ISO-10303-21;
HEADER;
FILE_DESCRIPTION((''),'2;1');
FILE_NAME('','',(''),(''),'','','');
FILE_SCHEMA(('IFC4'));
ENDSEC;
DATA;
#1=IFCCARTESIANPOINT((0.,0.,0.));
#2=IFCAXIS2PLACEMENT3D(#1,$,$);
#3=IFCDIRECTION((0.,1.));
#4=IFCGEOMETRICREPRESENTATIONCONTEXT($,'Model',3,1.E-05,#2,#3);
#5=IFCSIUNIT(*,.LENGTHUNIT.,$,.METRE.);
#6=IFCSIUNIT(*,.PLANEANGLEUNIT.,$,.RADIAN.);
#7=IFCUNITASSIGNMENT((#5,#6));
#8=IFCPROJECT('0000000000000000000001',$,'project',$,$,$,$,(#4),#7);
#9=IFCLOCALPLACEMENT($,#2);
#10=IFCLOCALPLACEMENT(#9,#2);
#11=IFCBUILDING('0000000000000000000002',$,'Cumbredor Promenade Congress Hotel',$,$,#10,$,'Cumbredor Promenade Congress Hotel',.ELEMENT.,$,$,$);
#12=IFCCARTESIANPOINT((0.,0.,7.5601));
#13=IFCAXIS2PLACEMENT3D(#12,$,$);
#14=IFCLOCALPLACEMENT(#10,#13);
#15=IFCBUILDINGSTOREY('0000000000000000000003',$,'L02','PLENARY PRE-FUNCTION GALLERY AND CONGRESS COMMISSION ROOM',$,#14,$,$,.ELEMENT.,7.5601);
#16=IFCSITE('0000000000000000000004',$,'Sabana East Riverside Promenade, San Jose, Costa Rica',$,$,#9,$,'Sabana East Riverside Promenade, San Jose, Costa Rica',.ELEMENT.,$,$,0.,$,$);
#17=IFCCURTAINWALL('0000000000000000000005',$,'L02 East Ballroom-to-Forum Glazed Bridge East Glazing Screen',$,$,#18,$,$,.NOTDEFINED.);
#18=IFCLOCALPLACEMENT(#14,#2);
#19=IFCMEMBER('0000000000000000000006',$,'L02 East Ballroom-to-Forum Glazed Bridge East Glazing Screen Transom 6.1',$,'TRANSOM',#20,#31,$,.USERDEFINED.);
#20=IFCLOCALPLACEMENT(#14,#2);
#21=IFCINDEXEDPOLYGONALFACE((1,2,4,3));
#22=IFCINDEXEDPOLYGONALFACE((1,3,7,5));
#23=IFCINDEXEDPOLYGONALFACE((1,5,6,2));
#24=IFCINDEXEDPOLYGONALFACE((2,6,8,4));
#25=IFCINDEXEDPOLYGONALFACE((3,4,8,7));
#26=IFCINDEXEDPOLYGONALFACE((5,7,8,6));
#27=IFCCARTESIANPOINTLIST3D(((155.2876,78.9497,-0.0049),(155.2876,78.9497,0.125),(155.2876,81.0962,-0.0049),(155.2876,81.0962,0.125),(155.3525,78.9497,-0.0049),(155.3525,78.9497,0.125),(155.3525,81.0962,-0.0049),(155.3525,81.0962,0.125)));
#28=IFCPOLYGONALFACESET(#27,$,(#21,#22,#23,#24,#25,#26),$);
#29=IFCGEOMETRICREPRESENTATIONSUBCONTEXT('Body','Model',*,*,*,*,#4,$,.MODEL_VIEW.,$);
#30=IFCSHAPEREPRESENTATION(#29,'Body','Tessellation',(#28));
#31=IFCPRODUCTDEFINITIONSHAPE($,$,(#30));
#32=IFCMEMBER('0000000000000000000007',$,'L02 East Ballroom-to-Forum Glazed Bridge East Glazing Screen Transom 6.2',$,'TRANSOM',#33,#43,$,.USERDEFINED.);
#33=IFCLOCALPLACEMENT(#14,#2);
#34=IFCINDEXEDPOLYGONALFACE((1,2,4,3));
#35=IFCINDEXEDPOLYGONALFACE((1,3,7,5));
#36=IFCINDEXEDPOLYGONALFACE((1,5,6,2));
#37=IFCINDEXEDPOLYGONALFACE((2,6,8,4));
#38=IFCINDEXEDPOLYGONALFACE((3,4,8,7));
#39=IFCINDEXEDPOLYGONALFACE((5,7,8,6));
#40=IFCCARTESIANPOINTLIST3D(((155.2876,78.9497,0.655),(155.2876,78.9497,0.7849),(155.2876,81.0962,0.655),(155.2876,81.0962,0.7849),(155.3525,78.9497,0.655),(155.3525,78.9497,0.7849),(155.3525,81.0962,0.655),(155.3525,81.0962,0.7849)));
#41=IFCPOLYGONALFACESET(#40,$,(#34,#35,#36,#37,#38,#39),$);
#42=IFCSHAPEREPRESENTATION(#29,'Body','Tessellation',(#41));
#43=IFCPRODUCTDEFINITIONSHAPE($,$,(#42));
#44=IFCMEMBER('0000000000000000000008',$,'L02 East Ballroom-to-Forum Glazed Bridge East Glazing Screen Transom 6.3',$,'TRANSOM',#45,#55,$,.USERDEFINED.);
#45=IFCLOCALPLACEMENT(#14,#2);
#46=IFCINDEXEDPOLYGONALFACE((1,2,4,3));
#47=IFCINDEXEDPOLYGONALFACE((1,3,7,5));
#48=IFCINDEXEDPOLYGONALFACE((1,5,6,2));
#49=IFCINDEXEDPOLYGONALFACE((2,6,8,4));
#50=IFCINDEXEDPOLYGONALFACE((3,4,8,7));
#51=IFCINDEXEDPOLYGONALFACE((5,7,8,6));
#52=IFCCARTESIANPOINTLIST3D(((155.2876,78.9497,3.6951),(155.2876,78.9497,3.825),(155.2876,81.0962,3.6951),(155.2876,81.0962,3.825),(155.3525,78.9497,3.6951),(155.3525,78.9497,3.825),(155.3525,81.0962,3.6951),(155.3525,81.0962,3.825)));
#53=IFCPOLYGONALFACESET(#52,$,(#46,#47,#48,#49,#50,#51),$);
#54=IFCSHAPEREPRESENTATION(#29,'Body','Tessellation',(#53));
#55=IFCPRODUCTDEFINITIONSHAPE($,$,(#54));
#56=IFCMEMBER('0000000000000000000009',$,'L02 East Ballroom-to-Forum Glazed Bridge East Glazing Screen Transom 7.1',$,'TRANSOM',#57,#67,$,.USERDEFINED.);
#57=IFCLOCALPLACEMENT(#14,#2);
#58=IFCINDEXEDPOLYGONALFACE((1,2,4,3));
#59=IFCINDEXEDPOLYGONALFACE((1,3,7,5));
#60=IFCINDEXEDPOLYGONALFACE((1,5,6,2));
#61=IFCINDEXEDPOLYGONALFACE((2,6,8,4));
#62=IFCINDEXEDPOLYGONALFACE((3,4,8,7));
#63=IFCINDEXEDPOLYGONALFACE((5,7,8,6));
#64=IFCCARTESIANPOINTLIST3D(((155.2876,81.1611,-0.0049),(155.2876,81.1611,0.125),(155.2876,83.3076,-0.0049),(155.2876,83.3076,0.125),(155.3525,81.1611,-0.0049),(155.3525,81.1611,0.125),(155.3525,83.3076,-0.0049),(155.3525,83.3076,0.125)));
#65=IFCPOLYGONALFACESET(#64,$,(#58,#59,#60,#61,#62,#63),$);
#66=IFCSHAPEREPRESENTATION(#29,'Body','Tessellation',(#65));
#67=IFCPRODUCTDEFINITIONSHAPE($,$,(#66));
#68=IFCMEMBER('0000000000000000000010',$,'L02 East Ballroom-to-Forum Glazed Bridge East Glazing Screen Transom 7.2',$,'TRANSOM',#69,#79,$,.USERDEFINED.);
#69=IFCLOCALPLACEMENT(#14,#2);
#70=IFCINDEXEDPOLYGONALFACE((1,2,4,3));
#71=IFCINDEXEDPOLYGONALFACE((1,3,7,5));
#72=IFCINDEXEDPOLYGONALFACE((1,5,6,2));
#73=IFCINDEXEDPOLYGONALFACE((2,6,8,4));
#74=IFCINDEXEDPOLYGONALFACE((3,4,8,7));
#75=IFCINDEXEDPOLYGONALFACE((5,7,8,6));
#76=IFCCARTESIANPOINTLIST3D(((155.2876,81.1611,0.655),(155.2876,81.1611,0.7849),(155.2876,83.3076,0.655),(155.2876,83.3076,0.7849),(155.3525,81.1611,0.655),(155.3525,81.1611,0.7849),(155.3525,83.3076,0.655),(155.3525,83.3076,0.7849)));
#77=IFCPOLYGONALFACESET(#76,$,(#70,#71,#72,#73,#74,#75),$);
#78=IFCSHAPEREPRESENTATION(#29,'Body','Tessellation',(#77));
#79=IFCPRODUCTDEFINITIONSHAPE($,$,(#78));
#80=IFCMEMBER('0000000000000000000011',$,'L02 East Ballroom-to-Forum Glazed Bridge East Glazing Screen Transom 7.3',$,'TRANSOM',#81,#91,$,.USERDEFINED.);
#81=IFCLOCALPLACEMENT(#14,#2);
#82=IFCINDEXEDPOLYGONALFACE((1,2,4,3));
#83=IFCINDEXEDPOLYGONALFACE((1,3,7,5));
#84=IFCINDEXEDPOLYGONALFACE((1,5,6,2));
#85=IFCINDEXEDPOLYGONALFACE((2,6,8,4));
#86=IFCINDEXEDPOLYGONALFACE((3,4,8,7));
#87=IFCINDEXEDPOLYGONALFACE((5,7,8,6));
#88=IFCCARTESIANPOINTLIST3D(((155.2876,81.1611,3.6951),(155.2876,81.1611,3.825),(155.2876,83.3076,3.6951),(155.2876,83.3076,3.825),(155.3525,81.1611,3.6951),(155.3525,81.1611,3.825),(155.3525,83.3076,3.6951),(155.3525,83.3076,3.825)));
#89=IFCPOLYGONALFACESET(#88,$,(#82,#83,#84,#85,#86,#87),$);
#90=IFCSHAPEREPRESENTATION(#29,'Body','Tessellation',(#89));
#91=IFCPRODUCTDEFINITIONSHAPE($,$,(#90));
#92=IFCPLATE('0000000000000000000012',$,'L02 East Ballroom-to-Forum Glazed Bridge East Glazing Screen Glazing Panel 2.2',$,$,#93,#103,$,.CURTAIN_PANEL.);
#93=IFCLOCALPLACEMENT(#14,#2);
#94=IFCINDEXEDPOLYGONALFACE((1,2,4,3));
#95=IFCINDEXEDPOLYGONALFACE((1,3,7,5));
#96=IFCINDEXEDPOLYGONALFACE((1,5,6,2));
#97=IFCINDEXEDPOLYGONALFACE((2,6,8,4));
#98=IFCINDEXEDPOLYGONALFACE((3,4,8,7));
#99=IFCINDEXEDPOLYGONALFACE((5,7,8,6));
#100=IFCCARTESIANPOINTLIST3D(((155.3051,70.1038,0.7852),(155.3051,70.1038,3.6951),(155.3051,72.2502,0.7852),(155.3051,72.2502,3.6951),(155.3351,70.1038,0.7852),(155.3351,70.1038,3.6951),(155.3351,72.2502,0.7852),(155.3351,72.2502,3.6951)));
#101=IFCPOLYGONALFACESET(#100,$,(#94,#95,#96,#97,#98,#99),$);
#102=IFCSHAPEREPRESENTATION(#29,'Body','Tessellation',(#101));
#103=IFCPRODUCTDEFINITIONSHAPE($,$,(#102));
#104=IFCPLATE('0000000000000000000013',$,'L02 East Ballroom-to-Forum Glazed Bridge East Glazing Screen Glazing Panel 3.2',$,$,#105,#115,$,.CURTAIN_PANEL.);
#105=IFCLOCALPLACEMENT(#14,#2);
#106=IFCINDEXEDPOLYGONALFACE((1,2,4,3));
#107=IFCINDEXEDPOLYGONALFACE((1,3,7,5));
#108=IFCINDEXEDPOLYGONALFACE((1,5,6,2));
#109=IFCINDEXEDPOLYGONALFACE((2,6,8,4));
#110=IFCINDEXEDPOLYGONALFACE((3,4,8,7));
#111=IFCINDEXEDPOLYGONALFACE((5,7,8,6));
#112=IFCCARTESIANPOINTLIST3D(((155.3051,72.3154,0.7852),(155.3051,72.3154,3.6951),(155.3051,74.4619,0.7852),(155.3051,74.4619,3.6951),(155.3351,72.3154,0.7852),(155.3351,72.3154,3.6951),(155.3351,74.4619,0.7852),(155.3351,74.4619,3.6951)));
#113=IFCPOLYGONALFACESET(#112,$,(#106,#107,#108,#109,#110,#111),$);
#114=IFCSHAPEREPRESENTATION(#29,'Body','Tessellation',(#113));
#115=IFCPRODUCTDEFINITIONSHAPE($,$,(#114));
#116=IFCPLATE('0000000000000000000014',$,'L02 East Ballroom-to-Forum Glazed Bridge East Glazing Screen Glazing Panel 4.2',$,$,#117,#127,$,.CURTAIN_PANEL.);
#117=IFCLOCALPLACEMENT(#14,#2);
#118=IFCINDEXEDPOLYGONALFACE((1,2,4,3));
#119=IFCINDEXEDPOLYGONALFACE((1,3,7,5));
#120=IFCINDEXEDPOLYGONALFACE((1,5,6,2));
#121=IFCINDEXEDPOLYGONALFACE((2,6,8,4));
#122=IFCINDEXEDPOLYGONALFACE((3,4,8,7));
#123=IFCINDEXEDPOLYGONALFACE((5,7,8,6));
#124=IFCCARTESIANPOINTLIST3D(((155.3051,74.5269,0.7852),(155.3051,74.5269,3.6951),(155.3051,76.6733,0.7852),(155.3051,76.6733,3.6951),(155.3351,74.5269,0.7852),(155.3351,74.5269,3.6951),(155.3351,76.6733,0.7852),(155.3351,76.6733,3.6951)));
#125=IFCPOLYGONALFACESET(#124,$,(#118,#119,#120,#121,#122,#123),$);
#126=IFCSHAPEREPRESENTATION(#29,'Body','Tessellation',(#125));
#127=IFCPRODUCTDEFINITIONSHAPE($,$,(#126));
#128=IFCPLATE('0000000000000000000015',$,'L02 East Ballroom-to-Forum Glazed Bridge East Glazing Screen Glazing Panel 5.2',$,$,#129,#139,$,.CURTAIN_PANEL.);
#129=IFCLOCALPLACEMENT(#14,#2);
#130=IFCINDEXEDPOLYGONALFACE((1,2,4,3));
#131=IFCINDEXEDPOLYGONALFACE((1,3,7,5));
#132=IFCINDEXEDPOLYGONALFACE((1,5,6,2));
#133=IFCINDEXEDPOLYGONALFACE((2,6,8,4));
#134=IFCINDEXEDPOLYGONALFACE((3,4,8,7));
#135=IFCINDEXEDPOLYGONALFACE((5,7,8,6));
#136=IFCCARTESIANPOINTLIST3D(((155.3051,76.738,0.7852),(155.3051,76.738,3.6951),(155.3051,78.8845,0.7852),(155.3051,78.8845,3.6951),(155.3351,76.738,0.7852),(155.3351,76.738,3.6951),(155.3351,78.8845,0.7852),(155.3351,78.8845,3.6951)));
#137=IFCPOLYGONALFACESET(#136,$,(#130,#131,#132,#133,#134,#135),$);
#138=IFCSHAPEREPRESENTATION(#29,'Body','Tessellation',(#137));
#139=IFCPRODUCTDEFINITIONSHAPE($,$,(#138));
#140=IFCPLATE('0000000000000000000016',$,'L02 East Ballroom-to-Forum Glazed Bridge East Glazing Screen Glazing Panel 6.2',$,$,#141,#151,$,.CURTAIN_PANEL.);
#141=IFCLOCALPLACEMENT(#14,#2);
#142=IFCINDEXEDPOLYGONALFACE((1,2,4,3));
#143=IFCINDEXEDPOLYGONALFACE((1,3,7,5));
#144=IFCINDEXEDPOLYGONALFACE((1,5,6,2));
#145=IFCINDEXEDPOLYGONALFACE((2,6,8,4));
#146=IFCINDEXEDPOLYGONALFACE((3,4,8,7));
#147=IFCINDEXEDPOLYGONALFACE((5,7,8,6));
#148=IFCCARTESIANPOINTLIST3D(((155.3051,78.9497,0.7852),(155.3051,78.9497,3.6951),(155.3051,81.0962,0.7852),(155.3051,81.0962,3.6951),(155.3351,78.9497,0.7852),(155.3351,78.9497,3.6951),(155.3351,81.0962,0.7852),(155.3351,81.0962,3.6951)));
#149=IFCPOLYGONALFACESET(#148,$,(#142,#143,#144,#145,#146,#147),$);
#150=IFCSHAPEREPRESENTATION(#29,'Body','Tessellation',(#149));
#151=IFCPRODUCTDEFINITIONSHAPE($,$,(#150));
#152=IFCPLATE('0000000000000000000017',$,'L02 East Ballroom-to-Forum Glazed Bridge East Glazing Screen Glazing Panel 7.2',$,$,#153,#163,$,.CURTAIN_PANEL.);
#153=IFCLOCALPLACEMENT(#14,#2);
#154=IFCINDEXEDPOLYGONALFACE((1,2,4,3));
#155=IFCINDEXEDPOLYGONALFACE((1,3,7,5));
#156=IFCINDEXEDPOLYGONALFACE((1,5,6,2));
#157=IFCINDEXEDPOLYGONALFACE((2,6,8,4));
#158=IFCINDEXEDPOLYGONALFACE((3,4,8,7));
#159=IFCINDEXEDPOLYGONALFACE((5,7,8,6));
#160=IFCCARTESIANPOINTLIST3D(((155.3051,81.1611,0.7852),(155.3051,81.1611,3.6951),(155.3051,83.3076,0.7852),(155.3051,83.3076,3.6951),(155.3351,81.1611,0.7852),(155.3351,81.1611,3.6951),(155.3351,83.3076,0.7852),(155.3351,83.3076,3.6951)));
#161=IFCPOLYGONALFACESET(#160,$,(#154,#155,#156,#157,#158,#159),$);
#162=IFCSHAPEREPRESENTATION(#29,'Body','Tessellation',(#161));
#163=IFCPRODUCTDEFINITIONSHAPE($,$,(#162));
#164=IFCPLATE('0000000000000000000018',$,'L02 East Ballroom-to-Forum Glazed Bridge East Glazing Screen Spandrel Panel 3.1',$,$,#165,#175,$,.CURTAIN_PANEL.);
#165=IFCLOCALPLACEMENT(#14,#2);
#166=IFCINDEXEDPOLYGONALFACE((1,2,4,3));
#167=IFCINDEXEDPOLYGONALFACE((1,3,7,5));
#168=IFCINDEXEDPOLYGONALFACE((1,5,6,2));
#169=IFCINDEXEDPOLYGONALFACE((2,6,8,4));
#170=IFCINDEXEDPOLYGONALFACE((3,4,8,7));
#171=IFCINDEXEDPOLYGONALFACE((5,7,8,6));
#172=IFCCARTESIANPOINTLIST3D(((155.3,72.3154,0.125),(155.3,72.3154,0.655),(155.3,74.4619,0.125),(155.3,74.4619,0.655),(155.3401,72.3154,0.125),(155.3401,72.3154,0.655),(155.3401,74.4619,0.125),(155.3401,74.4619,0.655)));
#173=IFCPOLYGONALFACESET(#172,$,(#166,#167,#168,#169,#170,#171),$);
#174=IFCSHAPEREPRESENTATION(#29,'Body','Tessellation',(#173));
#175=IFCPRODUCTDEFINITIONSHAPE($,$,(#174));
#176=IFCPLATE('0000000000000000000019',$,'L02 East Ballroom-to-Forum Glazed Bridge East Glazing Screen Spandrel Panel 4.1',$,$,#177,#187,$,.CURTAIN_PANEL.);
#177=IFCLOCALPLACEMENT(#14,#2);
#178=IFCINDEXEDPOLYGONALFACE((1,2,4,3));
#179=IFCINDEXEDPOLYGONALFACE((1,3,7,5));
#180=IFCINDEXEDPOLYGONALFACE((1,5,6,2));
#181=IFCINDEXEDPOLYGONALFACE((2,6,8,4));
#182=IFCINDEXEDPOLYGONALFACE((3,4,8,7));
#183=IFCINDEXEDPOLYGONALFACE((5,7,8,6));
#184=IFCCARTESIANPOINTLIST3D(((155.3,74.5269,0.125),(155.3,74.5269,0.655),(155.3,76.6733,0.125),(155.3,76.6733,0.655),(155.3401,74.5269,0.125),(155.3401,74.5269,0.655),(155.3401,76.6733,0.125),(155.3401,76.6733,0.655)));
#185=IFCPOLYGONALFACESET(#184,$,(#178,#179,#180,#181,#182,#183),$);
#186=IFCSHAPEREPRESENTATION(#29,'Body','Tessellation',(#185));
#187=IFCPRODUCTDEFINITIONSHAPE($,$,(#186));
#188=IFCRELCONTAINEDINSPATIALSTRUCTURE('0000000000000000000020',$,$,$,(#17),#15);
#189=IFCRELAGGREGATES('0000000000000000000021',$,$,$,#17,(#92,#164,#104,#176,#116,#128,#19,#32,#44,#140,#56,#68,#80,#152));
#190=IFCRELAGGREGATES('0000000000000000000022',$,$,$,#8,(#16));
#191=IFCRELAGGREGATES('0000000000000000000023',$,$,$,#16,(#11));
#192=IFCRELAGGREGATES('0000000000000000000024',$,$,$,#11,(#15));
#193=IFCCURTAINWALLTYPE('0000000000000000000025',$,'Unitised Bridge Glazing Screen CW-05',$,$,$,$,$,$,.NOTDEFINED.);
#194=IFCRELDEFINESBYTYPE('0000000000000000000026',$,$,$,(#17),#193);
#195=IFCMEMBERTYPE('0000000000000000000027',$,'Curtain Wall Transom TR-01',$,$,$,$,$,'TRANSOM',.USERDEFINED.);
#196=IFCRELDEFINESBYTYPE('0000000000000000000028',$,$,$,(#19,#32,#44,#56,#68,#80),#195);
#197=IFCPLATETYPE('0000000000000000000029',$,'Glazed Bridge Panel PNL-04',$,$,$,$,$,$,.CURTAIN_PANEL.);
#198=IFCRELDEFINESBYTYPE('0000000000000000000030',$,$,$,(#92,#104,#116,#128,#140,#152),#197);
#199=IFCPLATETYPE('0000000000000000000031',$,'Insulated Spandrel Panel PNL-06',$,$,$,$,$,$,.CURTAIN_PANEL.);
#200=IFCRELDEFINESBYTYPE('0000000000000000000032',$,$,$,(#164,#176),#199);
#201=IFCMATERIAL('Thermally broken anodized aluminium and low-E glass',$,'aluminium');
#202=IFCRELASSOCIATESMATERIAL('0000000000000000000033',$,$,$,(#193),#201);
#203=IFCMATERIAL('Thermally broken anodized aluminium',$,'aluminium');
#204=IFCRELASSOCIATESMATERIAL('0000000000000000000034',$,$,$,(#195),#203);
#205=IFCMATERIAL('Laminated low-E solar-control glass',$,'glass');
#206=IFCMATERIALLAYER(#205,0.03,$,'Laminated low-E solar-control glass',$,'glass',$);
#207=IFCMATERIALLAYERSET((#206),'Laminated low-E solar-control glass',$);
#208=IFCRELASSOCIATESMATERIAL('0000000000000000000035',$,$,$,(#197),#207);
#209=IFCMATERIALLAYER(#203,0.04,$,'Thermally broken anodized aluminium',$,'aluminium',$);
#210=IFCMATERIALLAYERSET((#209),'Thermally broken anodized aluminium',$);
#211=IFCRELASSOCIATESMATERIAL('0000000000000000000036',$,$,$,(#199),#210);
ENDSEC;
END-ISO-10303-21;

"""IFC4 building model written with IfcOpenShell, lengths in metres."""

from ifc_helpers import new_model, si_unit, direction, frame, origin, origin_2d, place, context, subcontext, project, spatial, rectangle, extrude, material, layer, layer_set, material_profile, profile_set, type_object, element, aggregate, save


model = new_model("IFC4")

# Units and contexts
model_context = context("Model", 3, precision=1e-05, world=origin(), true_north=direction((0.0, 1.0)))
body_context = subcontext(model_context, "Body", "Model", "MODEL_VIEW")
ifc_project = project(units=[si_unit("LENGTHUNIT", "METRE"), si_unit("PLANEANGLEUNIT", "RADIAN")], contexts=[model_context])

# Site, building, storey
site_placement = place(None, origin())
site = spatial("IfcSite", under=ifc_project, at=site_placement, Name="Sabana East Riverside Promenade, San Jose, Costa Rica", LongName="Sabana East Riverside Promenade, San Jose, Costa Rica", CompositionType="ELEMENT", RefElevation=0.0)
building_placement = place(site_placement, origin())
building = spatial("IfcBuilding", under=site, at=building_placement, Name="Cumbredor Promenade Congress Hotel", LongName="Cumbredor Promenade Congress Hotel", CompositionType="ELEMENT")
storey_placement = place(building_placement, frame((0.0, 0.0, 7.5601)))
storey = spatial("IfcBuildingStorey", under=building, at=storey_placement, Name="L02", Description="PLENARY PRE-FUNCTION GALLERY AND CONGRESS COMMISSION ROOM", CompositionType="ELEMENT", Elevation=7.5601)

# Curtain wall, members, plates
ifc_material_1 = material(Name="Thermally broken anodized aluminium and low-E glass", Category="aluminium")
curtain_wall_type = type_object("IfcCurtainWallType", Name="Unitised Bridge Glazing Screen CW-05", PredefinedType="NOTDEFINED", material=ifc_material_1)
curtain_wall_placement = place(storey_placement, origin())
curtain_wall = element("IfcCurtainWall", 1, at=curtain_wall_placement, inside=storey, type_object=curtain_wall_type, Name="L02 East Ballroom-to-Forum Glazed Bridge East Glazing Screen", PredefinedType="NOTDEFINED")
ifc_material_2 = material(Name="Thermally broken anodized aluminium", Category="aluminium")
ifc_material_profile_1 = material_profile(ifc_material_2, rectangle(XDim=0.0649, YDim=0.1299, at=origin_2d()), Name="ALU TRANSOM 65x130")
ifc_profile_set_1 = profile_set([ifc_material_profile_1], Name="Thermally broken anodized aluminium")
member_type_1 = type_object("IfcMemberType", Name="Curtain Wall Transom TR-01", ElementType="TRANSOM", PredefinedType="USERDEFINED", material=ifc_profile_set_1)
member_1_placement = place(storey_placement, frame((155.3201, 78.9497, 0.0601), z_axis=(0.0, 1.0, 0.0), x_axis=(-1.0, 0.0, 0.0)))
member_1 = element("IfcMember", 2, at=member_1_placement, type_object=member_type_1, Name="L02 East Ballroom-to-Forum Glazed Bridge East Glazing Screen Transom 6.1", ObjectType="TRANSOM", PredefinedType="USERDEFINED", context=body_context, shape_type="SweptSolid", body=[
    extrude(rectangle(XDim=0.0649, YDim=0.1299, at=origin_2d()), origin(), (0.0, 0.0, 1.0), 2.1465),
])
member_2_placement = place(storey_placement, frame((155.3201, 78.9497, 0.72), z_axis=(0.0, 1.0, 0.0), x_axis=(-1.0, 0.0, 0.0)))
member_2 = element("IfcMember", 3, at=member_2_placement, type_object=member_type_1, Name="L02 East Ballroom-to-Forum Glazed Bridge East Glazing Screen Transom 6.2", ObjectType="TRANSOM", PredefinedType="USERDEFINED", context=body_context, shape_type="SweptSolid", body=[
    extrude(rectangle(XDim=0.0649, YDim=0.1299, at=origin_2d()), origin(), (0.0, 0.0, 1.0), 2.1465),
])
member_3_placement = place(storey_placement, frame((155.3201, 78.9497, 3.76), z_axis=(0.0, 1.0, 0.0), x_axis=(-1.0, 0.0, 0.0)))
member_3 = element("IfcMember", 4, at=member_3_placement, type_object=member_type_1, Name="L02 East Ballroom-to-Forum Glazed Bridge East Glazing Screen Transom 6.3", ObjectType="TRANSOM", PredefinedType="USERDEFINED", context=body_context, shape_type="SweptSolid", body=[
    extrude(rectangle(XDim=0.0649, YDim=0.1299, at=origin_2d()), origin(), (0.0, 0.0, 1.0), 2.1465),
])
member_4_placement = place(storey_placement, frame((155.3201, 81.1611, 0.0601), z_axis=(0.0, 1.0, 0.0), x_axis=(-1.0, 0.0, 0.0)))
member_4 = element("IfcMember", 5, at=member_4_placement, type_object=member_type_1, Name="L02 East Ballroom-to-Forum Glazed Bridge East Glazing Screen Transom 7.1", ObjectType="TRANSOM", PredefinedType="USERDEFINED", context=body_context, shape_type="SweptSolid", body=[
    extrude(rectangle(XDim=0.0649, YDim=0.1299, at=origin_2d()), origin(), (0.0, 0.0, 1.0), 2.1465),
])
member_5_placement = place(storey_placement, frame((155.3201, 81.1611, 0.72), z_axis=(0.0, 1.0, 0.0), x_axis=(-1.0, 0.0, 0.0)))
member_5 = element("IfcMember", 6, at=member_5_placement, type_object=member_type_1, Name="L02 East Ballroom-to-Forum Glazed Bridge East Glazing Screen Transom 7.2", ObjectType="TRANSOM", PredefinedType="USERDEFINED", context=body_context, shape_type="SweptSolid", body=[
    extrude(rectangle(XDim=0.0649, YDim=0.1299, at=origin_2d()), origin(), (0.0, 0.0, 1.0), 2.1465),
])
member_6_placement = place(storey_placement, frame((155.3201, 81.1611, 3.76), z_axis=(0.0, 1.0, 0.0), x_axis=(-1.0, 0.0, 0.0)))
member_6 = element("IfcMember", 7, at=member_6_placement, type_object=member_type_1, Name="L02 East Ballroom-to-Forum Glazed Bridge East Glazing Screen Transom 7.3", ObjectType="TRANSOM", PredefinedType="USERDEFINED", context=body_context, shape_type="SweptSolid", body=[
    extrude(rectangle(XDim=0.0649, YDim=0.1299, at=origin_2d()), origin(), (0.0, 0.0, 1.0), 2.1465),
])
ifc_material_3 = material(Name="Laminated low-E solar-control glass", Category="glass")
ifc_layer_1 = layer(ifc_material_3, 0.03, Name="Laminated low-E solar-control glass", Category="glass")
ifc_layer_set_1 = layer_set([ifc_layer_1], Name="Laminated low-E solar-control glass")
plate_type_1 = type_object("IfcPlateType", Name="Glazed Bridge Panel PNL-04", PredefinedType="CURTAIN_PANEL", material=ifc_layer_set_1)
plate_1_placement = place(storey_placement, frame((155.3201, 71.177, 0.7852), z_axis=(0.0, 0.0, 1.0), x_axis=(0.0, 1.0, 0.0)))
plate_1 = element("IfcPlate", 8, at=plate_1_placement, type_object=plate_type_1, Name="L02 East Ballroom-to-Forum Glazed Bridge East Glazing Screen Glazing Panel 2.2", PredefinedType="CURTAIN_PANEL", context=body_context, shape_type="SweptSolid", body=[
    extrude(rectangle(XDim=2.1465, YDim=0.03, at=origin_2d()), origin(), (0.0, 0.0, 1.0), 2.9099),
])
plate_2_placement = place(storey_placement, frame((155.3201, 73.3887, 0.7852), z_axis=(0.0, 0.0, 1.0), x_axis=(0.0, 1.0, 0.0)))
plate_2 = element("IfcPlate", 9, at=plate_2_placement, type_object=plate_type_1, Name="L02 East Ballroom-to-Forum Glazed Bridge East Glazing Screen Glazing Panel 3.2", PredefinedType="CURTAIN_PANEL", context=body_context, shape_type="SweptSolid", body=[
    extrude(rectangle(XDim=2.1465, YDim=0.03, at=origin_2d()), origin(), (0.0, 0.0, 1.0), 2.9099),
])
plate_3_placement = place(storey_placement, frame((155.3201, 75.6001, 0.7852), z_axis=(0.0, 0.0, 1.0), x_axis=(0.0, 1.0, 0.0)))
plate_3 = element("IfcPlate", 10, at=plate_3_placement, type_object=plate_type_1, Name="L02 East Ballroom-to-Forum Glazed Bridge East Glazing Screen Glazing Panel 4.2", PredefinedType="CURTAIN_PANEL", context=body_context, shape_type="SweptSolid", body=[
    extrude(rectangle(XDim=2.1465, YDim=0.03, at=origin_2d()), origin(), (0.0, 0.0, 1.0), 2.9099),
])
plate_4_placement = place(storey_placement, frame((155.3201, 77.8113, 0.7852), z_axis=(0.0, 0.0, 1.0), x_axis=(0.0, 1.0, 0.0)))
plate_4 = element("IfcPlate", 11, at=plate_4_placement, type_object=plate_type_1, Name="L02 East Ballroom-to-Forum Glazed Bridge East Glazing Screen Glazing Panel 5.2", PredefinedType="CURTAIN_PANEL", context=body_context, shape_type="SweptSolid", body=[
    extrude(rectangle(XDim=2.1465, YDim=0.03, at=origin_2d()), origin(), (0.0, 0.0, 1.0), 2.9099),
])
plate_5_placement = place(storey_placement, frame((155.3201, 80.0229, 0.7852), z_axis=(0.0, 0.0, 1.0), x_axis=(0.0, 1.0, 0.0)))
plate_5 = element("IfcPlate", 12, at=plate_5_placement, type_object=plate_type_1, Name="L02 East Ballroom-to-Forum Glazed Bridge East Glazing Screen Glazing Panel 6.2", PredefinedType="CURTAIN_PANEL", context=body_context, shape_type="SweptSolid", body=[
    extrude(rectangle(XDim=2.1465, YDim=0.03, at=origin_2d()), origin(), (0.0, 0.0, 1.0), 2.9099),
])
plate_6_placement = place(storey_placement, frame((155.3201, 82.2344, 0.7852), z_axis=(0.0, 0.0, 1.0), x_axis=(0.0, 1.0, 0.0)))
plate_6 = element("IfcPlate", 13, at=plate_6_placement, type_object=plate_type_1, Name="L02 East Ballroom-to-Forum Glazed Bridge East Glazing Screen Glazing Panel 7.2", PredefinedType="CURTAIN_PANEL", context=body_context, shape_type="SweptSolid", body=[
    extrude(rectangle(XDim=2.1465, YDim=0.03, at=origin_2d()), origin(), (0.0, 0.0, 1.0), 2.9099),
])
ifc_layer_2 = layer(ifc_material_2, 0.04, Name="Thermally broken anodized aluminium", Category="aluminium")
ifc_layer_set_2 = layer_set([ifc_layer_2], Name="Thermally broken anodized aluminium")
plate_type_2 = type_object("IfcPlateType", Name="Insulated Spandrel Panel PNL-06", PredefinedType="CURTAIN_PANEL", material=ifc_layer_set_2)
plate_7_placement = place(storey_placement, frame((155.3201, 73.3887, 0.125), z_axis=(0.0, 0.0, 1.0), x_axis=(0.0, 1.0, 0.0)))
plate_7 = element("IfcPlate", 14, at=plate_7_placement, type_object=plate_type_2, Name="L02 East Ballroom-to-Forum Glazed Bridge East Glazing Screen Spandrel Panel 3.1", PredefinedType="CURTAIN_PANEL", context=body_context, shape_type="SweptSolid", body=[
    extrude(rectangle(XDim=2.1465, YDim=0.04, at=origin_2d()), origin(), (0.0, 0.0, 1.0), 0.53),
])
plate_8_placement = place(storey_placement, frame((155.3201, 75.6001, 0.125), z_axis=(0.0, 0.0, 1.0), x_axis=(0.0, 1.0, 0.0)))
plate_8 = element("IfcPlate", 15, at=plate_8_placement, type_object=plate_type_2, Name="L02 East Ballroom-to-Forum Glazed Bridge East Glazing Screen Spandrel Panel 4.1", PredefinedType="CURTAIN_PANEL", context=body_context, shape_type="SweptSolid", body=[
    extrude(rectangle(XDim=2.1465, YDim=0.04, at=origin_2d()), origin(), (0.0, 0.0, 1.0), 0.53),
])
aggregate(curtain_wall, [plate_1, plate_7, plate_2, plate_8, plate_3, plate_4, member_1, member_2, member_3, plate_5, member_4, member_5, member_6, plate_6])

save(model, "model.ifc")
